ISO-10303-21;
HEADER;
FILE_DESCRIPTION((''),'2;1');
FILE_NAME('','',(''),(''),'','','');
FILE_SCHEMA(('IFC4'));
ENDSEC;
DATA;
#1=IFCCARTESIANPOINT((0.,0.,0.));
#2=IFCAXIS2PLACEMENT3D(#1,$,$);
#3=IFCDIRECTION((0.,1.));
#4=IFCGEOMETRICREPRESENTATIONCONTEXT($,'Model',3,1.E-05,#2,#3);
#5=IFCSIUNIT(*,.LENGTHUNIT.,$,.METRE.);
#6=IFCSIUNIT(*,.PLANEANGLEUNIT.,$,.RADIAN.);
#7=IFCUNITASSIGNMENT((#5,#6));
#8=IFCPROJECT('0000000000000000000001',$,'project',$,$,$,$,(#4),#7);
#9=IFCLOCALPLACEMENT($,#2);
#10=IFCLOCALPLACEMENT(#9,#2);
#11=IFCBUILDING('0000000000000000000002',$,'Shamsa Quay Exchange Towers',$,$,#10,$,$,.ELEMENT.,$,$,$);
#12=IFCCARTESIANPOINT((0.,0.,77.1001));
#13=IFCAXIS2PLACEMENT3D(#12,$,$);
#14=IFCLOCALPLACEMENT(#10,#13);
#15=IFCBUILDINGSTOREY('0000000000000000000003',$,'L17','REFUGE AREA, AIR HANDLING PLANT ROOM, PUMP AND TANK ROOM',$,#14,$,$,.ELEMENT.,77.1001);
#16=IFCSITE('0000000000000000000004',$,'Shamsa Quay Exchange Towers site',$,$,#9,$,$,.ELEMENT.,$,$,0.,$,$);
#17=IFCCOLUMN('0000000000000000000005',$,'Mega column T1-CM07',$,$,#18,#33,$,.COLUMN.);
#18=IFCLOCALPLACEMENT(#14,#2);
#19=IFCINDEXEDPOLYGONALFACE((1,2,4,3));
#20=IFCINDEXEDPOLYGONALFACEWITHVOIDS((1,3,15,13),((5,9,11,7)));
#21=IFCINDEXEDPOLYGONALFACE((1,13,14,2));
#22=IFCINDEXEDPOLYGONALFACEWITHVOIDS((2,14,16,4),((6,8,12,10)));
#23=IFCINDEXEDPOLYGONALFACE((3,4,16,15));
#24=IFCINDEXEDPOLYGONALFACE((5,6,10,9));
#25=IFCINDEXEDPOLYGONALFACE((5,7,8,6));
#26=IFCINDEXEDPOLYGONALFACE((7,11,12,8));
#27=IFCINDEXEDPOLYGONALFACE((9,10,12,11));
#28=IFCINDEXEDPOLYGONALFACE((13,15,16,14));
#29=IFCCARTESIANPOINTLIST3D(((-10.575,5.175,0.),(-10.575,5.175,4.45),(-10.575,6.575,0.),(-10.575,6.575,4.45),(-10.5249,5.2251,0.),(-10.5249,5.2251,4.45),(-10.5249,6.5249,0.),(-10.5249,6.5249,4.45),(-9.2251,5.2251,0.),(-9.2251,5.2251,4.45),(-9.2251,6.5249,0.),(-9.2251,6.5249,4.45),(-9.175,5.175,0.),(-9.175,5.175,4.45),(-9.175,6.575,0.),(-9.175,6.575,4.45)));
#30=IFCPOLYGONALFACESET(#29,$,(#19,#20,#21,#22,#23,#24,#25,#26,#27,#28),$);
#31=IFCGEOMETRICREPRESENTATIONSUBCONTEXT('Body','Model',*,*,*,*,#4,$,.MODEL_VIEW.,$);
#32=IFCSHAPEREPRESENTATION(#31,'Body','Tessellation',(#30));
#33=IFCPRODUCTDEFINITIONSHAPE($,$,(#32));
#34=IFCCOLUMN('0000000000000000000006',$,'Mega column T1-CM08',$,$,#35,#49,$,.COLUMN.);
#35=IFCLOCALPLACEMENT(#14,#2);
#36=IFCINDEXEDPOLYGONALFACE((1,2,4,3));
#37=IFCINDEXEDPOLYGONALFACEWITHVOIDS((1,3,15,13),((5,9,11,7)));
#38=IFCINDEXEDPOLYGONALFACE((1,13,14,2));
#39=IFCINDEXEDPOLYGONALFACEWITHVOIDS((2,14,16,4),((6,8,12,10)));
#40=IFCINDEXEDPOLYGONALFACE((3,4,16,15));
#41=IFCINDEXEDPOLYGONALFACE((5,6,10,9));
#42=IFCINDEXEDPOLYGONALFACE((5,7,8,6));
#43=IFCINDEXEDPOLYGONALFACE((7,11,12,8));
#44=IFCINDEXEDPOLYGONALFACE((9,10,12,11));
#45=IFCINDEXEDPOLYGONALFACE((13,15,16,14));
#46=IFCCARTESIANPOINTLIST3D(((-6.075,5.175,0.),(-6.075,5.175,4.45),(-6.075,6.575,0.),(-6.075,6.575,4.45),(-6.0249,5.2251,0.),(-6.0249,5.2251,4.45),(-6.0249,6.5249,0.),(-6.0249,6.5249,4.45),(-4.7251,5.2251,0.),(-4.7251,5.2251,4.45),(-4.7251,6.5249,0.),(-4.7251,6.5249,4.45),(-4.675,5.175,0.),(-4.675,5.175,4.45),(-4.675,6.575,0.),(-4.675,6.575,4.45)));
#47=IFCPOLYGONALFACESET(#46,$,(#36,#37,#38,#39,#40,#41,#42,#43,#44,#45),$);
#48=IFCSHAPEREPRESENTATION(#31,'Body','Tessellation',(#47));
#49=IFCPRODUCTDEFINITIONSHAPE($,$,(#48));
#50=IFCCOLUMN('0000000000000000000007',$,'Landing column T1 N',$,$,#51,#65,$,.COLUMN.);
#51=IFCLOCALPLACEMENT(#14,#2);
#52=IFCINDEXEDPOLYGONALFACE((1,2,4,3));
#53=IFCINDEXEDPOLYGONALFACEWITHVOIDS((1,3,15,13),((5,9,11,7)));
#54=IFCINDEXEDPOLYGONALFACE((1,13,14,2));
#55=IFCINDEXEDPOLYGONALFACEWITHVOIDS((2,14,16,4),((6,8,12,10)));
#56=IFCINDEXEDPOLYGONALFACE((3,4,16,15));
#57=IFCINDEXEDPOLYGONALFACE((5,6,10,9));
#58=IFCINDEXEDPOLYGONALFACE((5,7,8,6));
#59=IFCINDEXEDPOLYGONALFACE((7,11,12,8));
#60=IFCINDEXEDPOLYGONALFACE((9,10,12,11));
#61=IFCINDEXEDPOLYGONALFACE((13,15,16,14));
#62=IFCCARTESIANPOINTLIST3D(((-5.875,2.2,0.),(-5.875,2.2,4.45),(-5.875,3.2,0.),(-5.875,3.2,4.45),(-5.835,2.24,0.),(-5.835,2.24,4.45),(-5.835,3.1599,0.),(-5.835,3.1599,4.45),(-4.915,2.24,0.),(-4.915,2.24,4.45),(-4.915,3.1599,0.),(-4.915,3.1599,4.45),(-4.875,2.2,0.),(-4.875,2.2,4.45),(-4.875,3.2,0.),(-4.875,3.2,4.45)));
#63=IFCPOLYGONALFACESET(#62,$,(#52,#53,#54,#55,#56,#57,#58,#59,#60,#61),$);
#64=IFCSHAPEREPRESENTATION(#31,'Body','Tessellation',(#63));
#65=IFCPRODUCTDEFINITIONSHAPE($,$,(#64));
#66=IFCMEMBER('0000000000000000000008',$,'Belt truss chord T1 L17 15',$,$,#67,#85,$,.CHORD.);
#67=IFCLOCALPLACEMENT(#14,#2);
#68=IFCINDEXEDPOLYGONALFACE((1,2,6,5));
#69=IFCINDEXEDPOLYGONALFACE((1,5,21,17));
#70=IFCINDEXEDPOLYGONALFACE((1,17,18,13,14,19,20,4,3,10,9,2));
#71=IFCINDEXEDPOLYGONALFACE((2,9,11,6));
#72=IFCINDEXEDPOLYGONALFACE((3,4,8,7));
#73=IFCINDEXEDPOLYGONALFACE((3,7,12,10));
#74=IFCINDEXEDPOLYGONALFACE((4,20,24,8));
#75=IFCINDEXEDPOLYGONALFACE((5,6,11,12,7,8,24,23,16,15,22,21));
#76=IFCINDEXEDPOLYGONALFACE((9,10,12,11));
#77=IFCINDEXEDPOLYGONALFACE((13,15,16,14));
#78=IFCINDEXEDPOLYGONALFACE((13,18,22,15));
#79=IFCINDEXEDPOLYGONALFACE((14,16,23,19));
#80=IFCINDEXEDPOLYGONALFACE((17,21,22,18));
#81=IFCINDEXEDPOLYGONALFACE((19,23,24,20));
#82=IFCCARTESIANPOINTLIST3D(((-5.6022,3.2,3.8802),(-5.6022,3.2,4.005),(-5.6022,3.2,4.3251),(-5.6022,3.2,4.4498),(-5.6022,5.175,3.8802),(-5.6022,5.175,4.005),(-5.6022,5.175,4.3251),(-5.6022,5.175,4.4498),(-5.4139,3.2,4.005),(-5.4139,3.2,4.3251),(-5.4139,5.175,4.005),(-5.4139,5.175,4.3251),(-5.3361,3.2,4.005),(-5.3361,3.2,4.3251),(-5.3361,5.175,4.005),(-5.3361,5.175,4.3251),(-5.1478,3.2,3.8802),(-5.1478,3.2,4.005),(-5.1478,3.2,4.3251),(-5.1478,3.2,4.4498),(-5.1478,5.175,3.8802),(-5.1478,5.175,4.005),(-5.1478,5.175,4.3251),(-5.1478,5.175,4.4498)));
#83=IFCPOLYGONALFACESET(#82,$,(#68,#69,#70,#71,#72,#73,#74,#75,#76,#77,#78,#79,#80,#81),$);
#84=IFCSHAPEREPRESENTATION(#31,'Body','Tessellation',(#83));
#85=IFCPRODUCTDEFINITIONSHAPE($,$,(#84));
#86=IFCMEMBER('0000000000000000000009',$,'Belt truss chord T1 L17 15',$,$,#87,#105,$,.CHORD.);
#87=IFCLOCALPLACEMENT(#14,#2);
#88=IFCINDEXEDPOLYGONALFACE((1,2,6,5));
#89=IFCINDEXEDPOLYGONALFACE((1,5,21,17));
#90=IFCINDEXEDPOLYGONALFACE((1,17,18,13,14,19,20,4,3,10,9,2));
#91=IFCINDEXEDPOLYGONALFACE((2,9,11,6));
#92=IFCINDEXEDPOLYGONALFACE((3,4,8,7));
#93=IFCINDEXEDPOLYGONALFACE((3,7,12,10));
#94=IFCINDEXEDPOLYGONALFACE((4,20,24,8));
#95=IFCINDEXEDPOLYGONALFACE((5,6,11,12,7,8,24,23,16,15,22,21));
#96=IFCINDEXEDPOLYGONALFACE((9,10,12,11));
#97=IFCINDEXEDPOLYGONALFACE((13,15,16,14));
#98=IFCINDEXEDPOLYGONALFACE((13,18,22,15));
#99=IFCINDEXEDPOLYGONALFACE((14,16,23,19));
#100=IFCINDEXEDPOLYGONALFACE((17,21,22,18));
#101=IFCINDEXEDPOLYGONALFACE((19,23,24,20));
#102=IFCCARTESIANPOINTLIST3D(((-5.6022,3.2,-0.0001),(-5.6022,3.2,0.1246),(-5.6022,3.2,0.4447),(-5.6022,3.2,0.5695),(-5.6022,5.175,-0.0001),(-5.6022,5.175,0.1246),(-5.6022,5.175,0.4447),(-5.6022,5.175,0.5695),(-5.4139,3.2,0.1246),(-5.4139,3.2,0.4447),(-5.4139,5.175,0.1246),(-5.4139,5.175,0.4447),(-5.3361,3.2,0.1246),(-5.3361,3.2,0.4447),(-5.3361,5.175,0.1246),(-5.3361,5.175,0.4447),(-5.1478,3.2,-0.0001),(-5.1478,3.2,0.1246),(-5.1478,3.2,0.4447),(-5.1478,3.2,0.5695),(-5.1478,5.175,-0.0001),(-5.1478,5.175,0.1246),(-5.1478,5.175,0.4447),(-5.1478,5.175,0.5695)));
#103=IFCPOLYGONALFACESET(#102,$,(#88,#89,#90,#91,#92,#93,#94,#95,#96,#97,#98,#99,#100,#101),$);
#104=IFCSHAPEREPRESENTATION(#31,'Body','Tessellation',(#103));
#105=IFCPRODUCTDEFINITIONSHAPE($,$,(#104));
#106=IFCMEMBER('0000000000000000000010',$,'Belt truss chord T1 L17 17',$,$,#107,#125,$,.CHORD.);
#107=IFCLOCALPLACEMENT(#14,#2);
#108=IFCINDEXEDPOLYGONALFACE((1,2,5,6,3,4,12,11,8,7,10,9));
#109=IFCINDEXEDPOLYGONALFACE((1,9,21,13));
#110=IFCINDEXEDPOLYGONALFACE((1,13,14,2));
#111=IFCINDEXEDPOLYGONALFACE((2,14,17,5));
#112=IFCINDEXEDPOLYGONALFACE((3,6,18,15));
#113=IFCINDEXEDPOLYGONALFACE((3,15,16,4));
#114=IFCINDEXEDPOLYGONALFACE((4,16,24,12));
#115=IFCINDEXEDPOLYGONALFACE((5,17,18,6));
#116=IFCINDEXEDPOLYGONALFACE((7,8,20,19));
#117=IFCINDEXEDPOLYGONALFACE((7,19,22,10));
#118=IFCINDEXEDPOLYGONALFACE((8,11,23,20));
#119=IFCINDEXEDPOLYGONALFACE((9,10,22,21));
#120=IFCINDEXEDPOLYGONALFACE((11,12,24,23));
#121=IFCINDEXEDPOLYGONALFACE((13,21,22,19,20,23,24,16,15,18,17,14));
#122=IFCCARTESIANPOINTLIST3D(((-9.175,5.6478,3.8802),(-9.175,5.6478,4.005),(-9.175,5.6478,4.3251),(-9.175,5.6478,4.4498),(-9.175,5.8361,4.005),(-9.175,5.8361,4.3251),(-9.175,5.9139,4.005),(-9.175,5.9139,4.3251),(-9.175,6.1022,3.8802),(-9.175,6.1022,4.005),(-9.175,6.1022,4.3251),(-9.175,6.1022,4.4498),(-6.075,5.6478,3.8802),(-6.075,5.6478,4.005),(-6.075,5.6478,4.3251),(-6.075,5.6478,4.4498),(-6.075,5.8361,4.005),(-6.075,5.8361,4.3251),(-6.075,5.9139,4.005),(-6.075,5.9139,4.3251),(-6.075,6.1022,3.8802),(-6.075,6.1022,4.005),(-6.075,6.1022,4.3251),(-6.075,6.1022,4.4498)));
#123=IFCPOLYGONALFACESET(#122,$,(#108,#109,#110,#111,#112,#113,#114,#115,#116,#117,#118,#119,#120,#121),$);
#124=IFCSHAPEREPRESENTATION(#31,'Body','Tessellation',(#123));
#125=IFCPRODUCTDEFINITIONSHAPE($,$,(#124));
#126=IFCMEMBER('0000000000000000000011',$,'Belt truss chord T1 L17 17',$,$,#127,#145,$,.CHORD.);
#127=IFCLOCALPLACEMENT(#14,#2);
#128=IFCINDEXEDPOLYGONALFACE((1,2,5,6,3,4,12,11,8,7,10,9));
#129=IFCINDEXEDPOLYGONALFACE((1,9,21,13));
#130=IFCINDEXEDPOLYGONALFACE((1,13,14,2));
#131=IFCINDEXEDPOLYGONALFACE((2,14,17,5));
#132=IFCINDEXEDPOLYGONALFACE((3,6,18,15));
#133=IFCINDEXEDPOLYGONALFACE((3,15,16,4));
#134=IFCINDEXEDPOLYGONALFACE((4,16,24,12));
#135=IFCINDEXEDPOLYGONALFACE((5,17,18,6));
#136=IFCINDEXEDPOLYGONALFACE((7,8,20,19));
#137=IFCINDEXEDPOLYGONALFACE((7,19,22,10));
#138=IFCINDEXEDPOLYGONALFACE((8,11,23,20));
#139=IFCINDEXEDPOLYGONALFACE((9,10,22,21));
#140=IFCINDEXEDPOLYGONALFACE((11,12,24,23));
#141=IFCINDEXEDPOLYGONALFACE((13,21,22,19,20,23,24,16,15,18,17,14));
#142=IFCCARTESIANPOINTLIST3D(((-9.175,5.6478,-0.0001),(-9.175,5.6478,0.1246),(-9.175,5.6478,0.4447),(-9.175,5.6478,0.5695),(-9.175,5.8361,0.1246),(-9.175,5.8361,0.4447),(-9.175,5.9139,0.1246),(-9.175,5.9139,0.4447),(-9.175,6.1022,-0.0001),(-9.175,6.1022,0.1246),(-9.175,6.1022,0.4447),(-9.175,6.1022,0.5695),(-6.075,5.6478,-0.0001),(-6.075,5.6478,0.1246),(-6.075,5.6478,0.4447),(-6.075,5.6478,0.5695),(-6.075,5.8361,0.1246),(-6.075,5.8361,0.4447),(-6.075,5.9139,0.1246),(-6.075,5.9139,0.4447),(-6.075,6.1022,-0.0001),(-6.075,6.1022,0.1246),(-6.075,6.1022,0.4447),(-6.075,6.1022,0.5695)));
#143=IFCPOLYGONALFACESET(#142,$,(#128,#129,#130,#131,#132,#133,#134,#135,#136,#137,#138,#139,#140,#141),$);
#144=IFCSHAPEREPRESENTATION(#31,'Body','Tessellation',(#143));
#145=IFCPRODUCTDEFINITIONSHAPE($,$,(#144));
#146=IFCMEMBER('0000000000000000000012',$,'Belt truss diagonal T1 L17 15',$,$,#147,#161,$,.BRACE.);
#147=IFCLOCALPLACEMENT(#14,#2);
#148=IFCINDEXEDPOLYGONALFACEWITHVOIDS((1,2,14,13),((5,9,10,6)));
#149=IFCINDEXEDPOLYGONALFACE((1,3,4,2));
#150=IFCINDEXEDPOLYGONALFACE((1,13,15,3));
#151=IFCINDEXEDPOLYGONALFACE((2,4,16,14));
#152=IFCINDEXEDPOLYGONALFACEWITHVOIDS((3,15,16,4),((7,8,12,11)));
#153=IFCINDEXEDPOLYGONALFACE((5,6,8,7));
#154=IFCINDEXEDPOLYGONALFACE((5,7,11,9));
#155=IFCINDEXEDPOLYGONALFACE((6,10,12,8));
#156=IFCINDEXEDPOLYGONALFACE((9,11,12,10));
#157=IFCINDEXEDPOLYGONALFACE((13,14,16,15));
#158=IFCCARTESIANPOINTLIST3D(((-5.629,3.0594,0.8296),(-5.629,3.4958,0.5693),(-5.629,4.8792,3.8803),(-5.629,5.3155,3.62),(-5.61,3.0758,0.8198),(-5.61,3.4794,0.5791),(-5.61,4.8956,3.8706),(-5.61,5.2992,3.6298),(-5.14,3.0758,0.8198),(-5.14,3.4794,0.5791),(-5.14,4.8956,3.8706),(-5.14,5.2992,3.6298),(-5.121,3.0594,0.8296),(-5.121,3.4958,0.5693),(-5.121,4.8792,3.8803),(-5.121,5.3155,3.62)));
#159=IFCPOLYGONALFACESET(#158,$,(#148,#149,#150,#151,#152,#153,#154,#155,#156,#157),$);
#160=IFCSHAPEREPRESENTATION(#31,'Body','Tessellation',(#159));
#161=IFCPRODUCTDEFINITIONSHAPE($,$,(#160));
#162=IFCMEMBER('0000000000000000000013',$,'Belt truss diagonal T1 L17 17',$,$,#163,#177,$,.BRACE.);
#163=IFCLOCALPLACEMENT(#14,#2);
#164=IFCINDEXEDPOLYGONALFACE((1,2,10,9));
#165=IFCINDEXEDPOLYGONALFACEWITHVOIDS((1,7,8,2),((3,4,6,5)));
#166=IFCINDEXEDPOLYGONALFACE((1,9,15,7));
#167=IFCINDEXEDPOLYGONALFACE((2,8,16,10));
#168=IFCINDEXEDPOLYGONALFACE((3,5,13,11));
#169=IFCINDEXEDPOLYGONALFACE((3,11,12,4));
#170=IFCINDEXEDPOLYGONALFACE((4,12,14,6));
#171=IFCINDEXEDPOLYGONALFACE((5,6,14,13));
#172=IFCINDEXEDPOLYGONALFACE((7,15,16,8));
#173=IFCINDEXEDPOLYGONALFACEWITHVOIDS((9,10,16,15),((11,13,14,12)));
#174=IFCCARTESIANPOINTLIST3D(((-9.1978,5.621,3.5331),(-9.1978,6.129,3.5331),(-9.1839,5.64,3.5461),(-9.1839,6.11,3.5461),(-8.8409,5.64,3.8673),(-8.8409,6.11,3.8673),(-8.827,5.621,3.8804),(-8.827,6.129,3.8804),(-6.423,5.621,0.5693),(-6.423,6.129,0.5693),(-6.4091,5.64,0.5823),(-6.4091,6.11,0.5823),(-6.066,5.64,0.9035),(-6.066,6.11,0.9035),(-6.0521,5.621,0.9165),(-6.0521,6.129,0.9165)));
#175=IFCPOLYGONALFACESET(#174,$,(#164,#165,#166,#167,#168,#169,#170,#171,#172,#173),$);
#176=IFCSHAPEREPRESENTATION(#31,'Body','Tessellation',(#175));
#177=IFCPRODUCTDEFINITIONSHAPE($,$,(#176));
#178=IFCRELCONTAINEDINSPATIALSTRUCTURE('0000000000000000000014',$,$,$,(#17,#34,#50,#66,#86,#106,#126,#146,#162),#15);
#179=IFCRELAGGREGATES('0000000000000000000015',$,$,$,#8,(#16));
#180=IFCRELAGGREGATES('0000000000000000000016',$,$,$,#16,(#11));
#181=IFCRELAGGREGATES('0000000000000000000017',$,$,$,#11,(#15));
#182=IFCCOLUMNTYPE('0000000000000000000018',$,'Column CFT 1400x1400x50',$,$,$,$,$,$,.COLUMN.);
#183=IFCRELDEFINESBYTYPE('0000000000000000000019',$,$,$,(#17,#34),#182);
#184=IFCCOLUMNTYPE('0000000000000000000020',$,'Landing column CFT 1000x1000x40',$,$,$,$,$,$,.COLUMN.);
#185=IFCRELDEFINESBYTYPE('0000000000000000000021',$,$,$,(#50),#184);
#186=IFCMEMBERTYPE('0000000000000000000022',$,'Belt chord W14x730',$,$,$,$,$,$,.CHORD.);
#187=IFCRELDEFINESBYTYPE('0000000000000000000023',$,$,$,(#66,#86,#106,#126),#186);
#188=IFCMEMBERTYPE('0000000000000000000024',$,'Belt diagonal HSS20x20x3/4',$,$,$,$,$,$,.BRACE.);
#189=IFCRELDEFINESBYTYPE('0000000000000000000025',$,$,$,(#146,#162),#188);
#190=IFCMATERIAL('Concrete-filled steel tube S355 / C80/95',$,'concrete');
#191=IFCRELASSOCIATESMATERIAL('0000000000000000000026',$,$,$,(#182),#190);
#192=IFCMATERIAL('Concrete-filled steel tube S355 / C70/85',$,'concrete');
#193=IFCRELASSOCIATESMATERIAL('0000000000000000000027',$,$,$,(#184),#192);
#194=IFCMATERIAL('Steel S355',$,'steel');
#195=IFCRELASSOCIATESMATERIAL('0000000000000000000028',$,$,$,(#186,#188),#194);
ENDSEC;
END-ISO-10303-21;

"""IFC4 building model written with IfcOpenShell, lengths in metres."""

from ifc_helpers import new_model, si_unit, direction, frame, origin, origin_2d, place, context, subcontext, project, spatial, hollow_rectangle, i_section, extrude, material, material_profile, profile_set, type_object, element, save


model = new_model("IFC4")

# Units and contexts
model_context = context("Model", 3, precision=1e-05, world=origin(), true_north=direction((0.0, 1.0)))
body_context = subcontext(model_context, "Body", "Model", "MODEL_VIEW")
ifc_project = project(units=[si_unit("LENGTHUNIT", "METRE"), si_unit("PLANEANGLEUNIT", "RADIAN")], contexts=[model_context])

# Site, building, storey
site_placement = place(None, origin())
site = spatial("IfcSite", under=ifc_project, at=site_placement, Name="Shamsa Quay Exchange Towers site", CompositionType="ELEMENT", RefElevation=0.0)
building_placement = place(site_placement, origin())
building = spatial("IfcBuilding", under=site, at=building_placement, Name="Shamsa Quay Exchange Towers", CompositionType="ELEMENT")
storey_placement = place(building_placement, frame((0.0, 0.0, 77.1001)))
storey = spatial("IfcBuildingStorey", under=building, at=storey_placement, Name="L17", Description="REFUGE AREA, AIR HANDLING PLANT ROOM, PUMP AND TANK ROOM", CompositionType="ELEMENT", Elevation=77.1001)

# Columns
ifc_material_1 = material(Name="Concrete-filled steel tube S355 / C80/95", Category="concrete")
ifc_material_profile_1 = material_profile(ifc_material_1, hollow_rectangle(XDim=1.3999, YDim=1.3999, WallThickness=0.05, at=origin_2d()), Name="CFT 1400x1400x50")
ifc_profile_set_1 = profile_set([ifc_material_profile_1], Name="Concrete-filled steel tube S355 / C80/95")
column_type_1 = type_object("IfcColumnType", Name="Column CFT 1400x1400x50", PredefinedType="COLUMN", material=ifc_profile_set_1)
for number, where, name in (
    (1, (-9.875, 5.875, 0.0), "Mega column T1-CM07"),
    (2, (-5.375, 5.875, 0.0), "Mega column T1-CM08"),
):
    element("IfcColumn", number, at=place(storey_placement, frame(where)), inside=storey, type_object=column_type_1, Name=name, PredefinedType="COLUMN", context=body_context, shape_type="SweptSolid", body=[
        extrude(hollow_rectangle(XDim=1.3999, YDim=1.3999, WallThickness=0.05, at=origin_2d()), origin(), (0.0, 0.0, 1.0), 4.45),
    ])
ifc_material_2 = material(Name="Concrete-filled steel tube S355 / C70/85", Category="concrete")
ifc_material_profile_2 = material_profile(ifc_material_2, hollow_rectangle(XDim=1.0, YDim=1.0, WallThickness=0.04, at=origin_2d()), Name="CFT 1000x1000x40")
ifc_profile_set_2 = profile_set([ifc_material_profile_2], Name="Concrete-filled steel tube S355 / C70/85")
column_type_2 = type_object("IfcColumnType", Name="Landing column CFT 1000x1000x40", PredefinedType="COLUMN", material=ifc_profile_set_2)
column_placement = place(storey_placement, frame((-5.375, 2.7, 0.0)))
element("IfcColumn", 3, at=column_placement, inside=storey, type_object=column_type_2, Name="Landing column T1 N", PredefinedType="COLUMN", context=body_context, shape_type="SweptSolid", body=[
    extrude(hollow_rectangle(XDim=1.0, YDim=1.0, WallThickness=0.04, at=origin_2d()), origin(), (0.0, 0.0, 1.0), 4.45),
])

# Members
ifc_material_3 = material(Name="Steel S355", Category="steel")
ifc_material_profile_3 = material_profile(ifc_material_3, i_section(OverallWidth=0.4543, OverallDepth=0.5696, WebThickness=0.0779, FlangeThickness=0.1248, at=origin_2d()), Name="W14x730")
ifc_profile_set_3 = profile_set([ifc_material_profile_3], Name="Steel S355")
member_type_1 = type_object("IfcMemberType", Name="Belt chord W14x730", PredefinedType="CHORD", material=ifc_profile_set_3)
for number, where, z_axis, x_axis, name in (
    (4, (-5.375, 3.2, 4.165), (0.0, 1.0, 0.0), (-1.0, 0.0, 0.0), "Belt truss chord T1 L17 15"),
    (5, (-5.375, 3.2, 0.2847), (0.0, 1.0, 0.0), (-1.0, 0.0, 0.0), "Belt truss chord T1 L17 15"),
):
    element("IfcMember", number, at=place(storey_placement, frame(where, z_axis=z_axis, x_axis=x_axis)), inside=storey, type_object=member_type_1, Name=name, PredefinedType="CHORD", context=body_context, shape_type="SweptSolid", body=[
        extrude(i_section(OverallWidth=0.4543, OverallDepth=0.5696, WebThickness=0.0779, FlangeThickness=0.1248, at=origin_2d()), origin(), (0.0, 0.0, 1.0), 1.9751),
    ])
for number, where, z_axis, x_axis, name in (
    (6, (-6.075, 5.875, 4.165), (-1.0, 0.0, 0.0), (0.0, -1.0, 0.0), "Belt truss chord T1 L17 17"),
    (7, (-6.075, 5.875, 0.2847), (-1.0, 0.0, 0.0), (0.0, -1.0, 0.0), "Belt truss chord T1 L17 17"),
):
    element("IfcMember", number, at=place(storey_placement, frame(where, z_axis=z_axis, x_axis=x_axis)), inside=storey, type_object=member_type_1, Name=name, PredefinedType="CHORD", context=body_context, shape_type="SweptSolid", body=[
        extrude(i_section(OverallWidth=0.4543, OverallDepth=0.5696, WebThickness=0.0779, FlangeThickness=0.1248, at=origin_2d()), origin(), (0.0, 0.0, 1.0), 3.1001),
    ])
ifc_material_profile_4 = material_profile(ifc_material_3, hollow_rectangle(XDim=0.5081, YDim=0.5081, WallThickness=0.019, at=origin_2d()), Name="HSS20x20x3/4")
ifc_profile_set_4 = profile_set([ifc_material_profile_4], Name="Steel S355")
member_type_2 = type_object("IfcMemberType", Name="Belt diagonal HSS20x20x3/4", PredefinedType="BRACE", material=ifc_profile_set_4)
member_1_placement = place(storey_placement, frame((-5.375, 3.2776, 0.6995), z_axis=(0.0, 0.512291, 0.858812), x_axis=(-1.0, 0.0, 0.0)))
element("IfcMember", 8, at=member_1_placement, inside=storey, type_object=member_type_2, Name="Belt truss diagonal T1 L17 15", PredefinedType="BRACE", context=body_context, shape_type="SweptSolid", body=[
    extrude(hollow_rectangle(XDim=0.5081, YDim=0.5081, WallThickness=0.019, at=origin_2d()), origin(), (0.0, 0.0, 1.0), 3.5522),
])
member_2_placement = place(storey_placement, frame((-6.2375, 5.875, 0.7429), z_axis=(-0.683453, 0.0, 0.729995), x_axis=(0.0, -1.0, 0.0)))
element("IfcMember", 9, at=member_2_placement, inside=storey, type_object=member_type_2, Name="Belt truss diagonal T1 L17 17", PredefinedType="BRACE", context=body_context, shape_type="SweptSolid", body=[
    extrude(hollow_rectangle(XDim=0.5081, YDim=0.5081, WallThickness=0.019, at=origin_2d()), origin(), (0.0, 0.0, 1.0), 4.0601),
])

save(model, "model.ifc")
